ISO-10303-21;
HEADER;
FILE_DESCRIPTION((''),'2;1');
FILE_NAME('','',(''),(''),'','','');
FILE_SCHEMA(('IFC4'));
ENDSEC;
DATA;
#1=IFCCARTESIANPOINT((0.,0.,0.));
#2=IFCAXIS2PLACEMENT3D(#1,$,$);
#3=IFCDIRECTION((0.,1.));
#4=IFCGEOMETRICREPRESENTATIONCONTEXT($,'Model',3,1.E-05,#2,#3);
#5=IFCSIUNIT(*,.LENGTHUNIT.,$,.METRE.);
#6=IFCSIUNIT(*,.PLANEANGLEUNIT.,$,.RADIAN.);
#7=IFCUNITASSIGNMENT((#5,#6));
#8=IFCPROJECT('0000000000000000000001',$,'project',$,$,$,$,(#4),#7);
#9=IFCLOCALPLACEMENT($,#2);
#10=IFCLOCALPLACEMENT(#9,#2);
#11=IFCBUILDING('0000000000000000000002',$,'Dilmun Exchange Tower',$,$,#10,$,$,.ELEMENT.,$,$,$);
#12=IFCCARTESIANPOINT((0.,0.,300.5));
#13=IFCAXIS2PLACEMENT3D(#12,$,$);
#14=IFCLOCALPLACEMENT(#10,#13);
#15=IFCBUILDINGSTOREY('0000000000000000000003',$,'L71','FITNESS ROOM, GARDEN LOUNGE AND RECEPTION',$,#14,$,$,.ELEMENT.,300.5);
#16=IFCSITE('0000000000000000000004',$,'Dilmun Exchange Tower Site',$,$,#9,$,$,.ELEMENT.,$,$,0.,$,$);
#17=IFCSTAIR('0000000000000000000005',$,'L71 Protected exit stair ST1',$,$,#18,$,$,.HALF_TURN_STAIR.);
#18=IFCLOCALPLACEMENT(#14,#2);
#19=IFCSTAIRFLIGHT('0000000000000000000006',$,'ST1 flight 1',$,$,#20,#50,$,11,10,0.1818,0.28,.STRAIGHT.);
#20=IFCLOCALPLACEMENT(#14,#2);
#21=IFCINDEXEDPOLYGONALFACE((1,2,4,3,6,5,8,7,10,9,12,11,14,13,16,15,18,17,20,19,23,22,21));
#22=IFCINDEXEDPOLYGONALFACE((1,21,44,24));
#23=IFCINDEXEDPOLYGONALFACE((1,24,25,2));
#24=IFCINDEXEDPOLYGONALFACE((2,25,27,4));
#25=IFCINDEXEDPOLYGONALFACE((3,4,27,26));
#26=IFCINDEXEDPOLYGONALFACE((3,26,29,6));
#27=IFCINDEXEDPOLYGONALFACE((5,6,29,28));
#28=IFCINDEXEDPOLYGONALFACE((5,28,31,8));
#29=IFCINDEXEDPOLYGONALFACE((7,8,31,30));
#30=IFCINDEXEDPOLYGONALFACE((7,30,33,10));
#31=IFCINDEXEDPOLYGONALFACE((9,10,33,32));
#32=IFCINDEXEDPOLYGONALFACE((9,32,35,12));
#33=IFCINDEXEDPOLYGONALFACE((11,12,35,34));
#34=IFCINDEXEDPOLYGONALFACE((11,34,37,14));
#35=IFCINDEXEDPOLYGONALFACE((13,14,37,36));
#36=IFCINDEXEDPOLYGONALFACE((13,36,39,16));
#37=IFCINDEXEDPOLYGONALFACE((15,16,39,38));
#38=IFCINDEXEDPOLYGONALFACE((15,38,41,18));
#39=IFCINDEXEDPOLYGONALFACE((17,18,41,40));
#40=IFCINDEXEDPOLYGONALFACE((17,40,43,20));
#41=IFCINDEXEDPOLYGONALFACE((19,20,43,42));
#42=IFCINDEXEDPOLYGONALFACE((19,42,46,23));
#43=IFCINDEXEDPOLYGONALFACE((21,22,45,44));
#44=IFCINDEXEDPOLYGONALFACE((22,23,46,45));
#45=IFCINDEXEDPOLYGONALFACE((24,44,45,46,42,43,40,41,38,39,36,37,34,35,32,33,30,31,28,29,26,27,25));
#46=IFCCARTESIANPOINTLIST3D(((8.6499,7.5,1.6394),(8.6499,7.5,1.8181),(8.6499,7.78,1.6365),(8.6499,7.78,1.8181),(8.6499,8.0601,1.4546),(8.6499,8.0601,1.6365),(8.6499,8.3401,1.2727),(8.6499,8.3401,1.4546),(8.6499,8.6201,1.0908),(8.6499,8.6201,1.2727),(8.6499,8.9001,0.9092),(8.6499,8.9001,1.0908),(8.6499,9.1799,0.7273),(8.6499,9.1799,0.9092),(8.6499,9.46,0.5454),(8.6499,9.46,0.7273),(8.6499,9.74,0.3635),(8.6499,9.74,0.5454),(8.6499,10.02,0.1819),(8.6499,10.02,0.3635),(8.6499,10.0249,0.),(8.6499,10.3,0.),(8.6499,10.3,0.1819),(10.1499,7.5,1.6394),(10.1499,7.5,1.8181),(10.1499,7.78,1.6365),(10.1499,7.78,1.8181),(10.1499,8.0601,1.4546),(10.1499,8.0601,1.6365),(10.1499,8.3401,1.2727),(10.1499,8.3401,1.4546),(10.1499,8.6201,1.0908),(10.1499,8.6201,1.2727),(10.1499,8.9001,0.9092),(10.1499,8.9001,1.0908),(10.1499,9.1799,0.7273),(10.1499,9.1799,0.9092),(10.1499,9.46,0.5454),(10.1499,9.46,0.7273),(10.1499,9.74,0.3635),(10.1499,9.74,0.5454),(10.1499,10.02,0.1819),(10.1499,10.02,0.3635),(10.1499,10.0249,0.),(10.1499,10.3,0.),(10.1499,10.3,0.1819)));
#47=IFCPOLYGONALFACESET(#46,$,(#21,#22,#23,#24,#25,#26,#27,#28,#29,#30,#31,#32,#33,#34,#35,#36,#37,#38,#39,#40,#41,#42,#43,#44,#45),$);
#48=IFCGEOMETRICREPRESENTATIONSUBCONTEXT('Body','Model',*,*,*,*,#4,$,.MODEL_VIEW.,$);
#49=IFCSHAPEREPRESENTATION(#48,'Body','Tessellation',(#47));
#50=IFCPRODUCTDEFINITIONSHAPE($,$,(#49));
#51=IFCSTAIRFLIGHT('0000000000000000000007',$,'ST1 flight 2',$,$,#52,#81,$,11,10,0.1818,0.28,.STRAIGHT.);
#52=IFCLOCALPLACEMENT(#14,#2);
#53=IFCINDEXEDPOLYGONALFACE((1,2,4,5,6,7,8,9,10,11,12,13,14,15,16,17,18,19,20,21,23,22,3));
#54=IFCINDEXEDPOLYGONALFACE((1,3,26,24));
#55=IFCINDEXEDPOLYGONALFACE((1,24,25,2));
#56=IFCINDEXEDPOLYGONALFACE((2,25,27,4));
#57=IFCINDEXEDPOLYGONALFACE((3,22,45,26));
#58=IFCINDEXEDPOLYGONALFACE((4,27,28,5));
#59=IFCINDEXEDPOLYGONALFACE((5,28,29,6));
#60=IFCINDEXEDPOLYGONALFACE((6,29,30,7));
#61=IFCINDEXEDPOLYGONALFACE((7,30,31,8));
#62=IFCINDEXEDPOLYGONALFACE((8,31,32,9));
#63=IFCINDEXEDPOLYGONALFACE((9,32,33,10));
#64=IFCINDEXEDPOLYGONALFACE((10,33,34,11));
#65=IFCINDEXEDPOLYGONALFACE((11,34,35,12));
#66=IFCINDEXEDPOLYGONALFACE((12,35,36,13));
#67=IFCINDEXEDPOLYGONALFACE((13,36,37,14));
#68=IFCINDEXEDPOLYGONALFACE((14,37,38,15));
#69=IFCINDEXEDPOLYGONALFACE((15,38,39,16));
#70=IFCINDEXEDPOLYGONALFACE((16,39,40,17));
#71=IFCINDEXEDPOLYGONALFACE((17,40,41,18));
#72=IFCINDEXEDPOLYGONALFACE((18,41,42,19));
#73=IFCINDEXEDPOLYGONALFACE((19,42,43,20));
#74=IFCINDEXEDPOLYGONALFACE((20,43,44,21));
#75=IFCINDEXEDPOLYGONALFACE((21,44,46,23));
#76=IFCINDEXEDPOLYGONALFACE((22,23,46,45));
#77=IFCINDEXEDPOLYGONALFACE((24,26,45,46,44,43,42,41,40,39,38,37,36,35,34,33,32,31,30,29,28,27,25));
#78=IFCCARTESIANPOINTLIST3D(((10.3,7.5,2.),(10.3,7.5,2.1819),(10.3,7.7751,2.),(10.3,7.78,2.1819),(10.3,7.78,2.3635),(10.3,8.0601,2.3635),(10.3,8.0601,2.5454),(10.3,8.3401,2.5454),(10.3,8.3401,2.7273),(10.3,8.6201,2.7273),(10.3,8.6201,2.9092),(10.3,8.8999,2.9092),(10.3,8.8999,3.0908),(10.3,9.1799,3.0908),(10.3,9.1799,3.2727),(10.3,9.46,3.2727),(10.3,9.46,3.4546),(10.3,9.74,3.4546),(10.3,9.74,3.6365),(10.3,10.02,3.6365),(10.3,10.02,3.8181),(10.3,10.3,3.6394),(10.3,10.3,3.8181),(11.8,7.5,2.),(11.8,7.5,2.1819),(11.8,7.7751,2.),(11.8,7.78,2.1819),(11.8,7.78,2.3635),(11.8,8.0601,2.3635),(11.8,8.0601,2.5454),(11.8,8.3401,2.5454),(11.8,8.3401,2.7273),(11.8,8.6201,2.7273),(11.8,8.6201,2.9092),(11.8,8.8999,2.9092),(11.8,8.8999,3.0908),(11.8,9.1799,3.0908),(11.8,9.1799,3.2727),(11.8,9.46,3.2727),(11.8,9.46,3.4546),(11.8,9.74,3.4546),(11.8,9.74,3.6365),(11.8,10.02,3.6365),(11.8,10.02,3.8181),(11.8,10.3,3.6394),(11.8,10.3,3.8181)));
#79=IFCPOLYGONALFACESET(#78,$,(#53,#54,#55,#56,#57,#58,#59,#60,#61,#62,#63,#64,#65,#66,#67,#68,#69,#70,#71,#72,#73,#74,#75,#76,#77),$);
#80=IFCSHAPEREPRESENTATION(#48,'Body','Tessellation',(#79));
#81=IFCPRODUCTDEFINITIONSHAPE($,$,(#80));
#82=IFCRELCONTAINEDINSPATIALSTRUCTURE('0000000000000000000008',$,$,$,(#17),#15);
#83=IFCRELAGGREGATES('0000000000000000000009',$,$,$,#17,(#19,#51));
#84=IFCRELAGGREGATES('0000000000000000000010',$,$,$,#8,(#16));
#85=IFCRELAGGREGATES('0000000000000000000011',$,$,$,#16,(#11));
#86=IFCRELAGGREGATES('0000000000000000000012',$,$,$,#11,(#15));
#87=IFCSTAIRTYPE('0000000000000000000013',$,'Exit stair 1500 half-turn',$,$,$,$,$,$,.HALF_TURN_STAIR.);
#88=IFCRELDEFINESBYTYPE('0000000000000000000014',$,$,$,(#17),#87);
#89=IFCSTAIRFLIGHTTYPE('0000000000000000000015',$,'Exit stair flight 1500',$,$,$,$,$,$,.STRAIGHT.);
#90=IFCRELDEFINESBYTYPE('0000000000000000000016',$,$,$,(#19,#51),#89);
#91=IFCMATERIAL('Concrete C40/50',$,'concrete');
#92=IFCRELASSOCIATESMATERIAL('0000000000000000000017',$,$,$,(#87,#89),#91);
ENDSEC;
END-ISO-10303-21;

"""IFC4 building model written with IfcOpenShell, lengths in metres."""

from ifc_helpers import new_model, si_unit, direction, frame, origin, place, context, subcontext, project, spatial, polyline, outline, extrude, material, type_object, element, aggregate, save


model = new_model("IFC4")

# Units and contexts
model_context = context("Model", 3, precision=1e-05, world=origin(), true_north=direction((0.0, 1.0)))
body_context = subcontext(model_context, "Body", "Model", "MODEL_VIEW")
ifc_project = project(units=[si_unit("LENGTHUNIT", "METRE"), si_unit("PLANEANGLEUNIT", "RADIAN")], contexts=[model_context])

# Site, building, storey
site_placement = place(None, origin())
site = spatial("IfcSite", under=ifc_project, at=site_placement, Name="Dilmun Exchange Tower Site", CompositionType="ELEMENT", RefElevation=0.0)
building_placement = place(site_placement, origin())
building = spatial("IfcBuilding", under=site, at=building_placement, Name="Dilmun Exchange Tower", CompositionType="ELEMENT")
storey_placement = place(building_placement, frame((0.0, 0.0, 300.5)))
storey = spatial("IfcBuildingStorey", under=building, at=storey_placement, Name="L71", Description="FITNESS ROOM, GARDEN LOUNGE AND RECEPTION", CompositionType="ELEMENT", Elevation=300.5)

# Shared definitions
ifc_material_1 = material(Name="Concrete C40/50", Category="concrete")

# Stair, stair flights
stair_type = type_object("IfcStairType", Name="Exit stair 1500 half-turn", PredefinedType="HALF_TURN_STAIR", material=ifc_material_1)
stair_placement = place(storey_placement, origin())
stair = element("IfcStair", 1, at=stair_placement, inside=storey, type_object=stair_type, Name="L71 Protected exit stair ST1", PredefinedType="HALF_TURN_STAIR")
stair_flight_type = type_object("IfcStairFlightType", Name="Exit stair flight 1500", PredefinedType="STRAIGHT", material=ifc_material_1)
stair_flight_1_placement = place(storey_placement, frame((9.3999, 10.3, 0.0), z_axis=(0.0, 0.0, 1.0), x_axis=(0.0, -1.0, 0.0)))
stair_flight_1 = element("IfcStairFlight", 2, at=stair_flight_1_placement, type_object=stair_flight_type, Name="ST1 flight 1", NumberOfRisers=11, NumberOfTreads=10, PredefinedType="STRAIGHT", RiserHeight=0.1818, TreadLength=0.28, context=body_context, shape_type="SweptSolid", body=[
    extrude(outline(polyline([(0.0, 0.0), (0.0, 0.1819), (0.28, 0.1819), (0.28, 0.3635), (0.5601, 0.3635), (0.5601, 0.5454), (0.8401, 0.5454), (0.8401, 0.7273), (1.1201, 0.7273), (1.1201, 0.9092), (1.3999, 0.9092), (1.3999, 1.0908), (1.6799, 1.0908), (1.6799, 1.2727), (1.96, 1.2727), (1.96, 1.4546), (2.24, 1.4546), (2.24, 1.6365), (2.52, 1.6365), (2.52, 1.8181), (2.8, 1.8181), (2.8, 2.0), (2.8, 1.6394), (0.2751, 0.0), (0.0, 0.0)])), frame((0.0, 0.75, 0.0), z_axis=(0.0, -1.0, 0.0), x_axis=(1.0, 0.0, 0.0)), (0.0, 0.0, 1.0), 1.5),
])
stair_flight_2_placement = place(storey_placement, frame((11.05, 7.5, 2.0), z_axis=(0.0, 0.0, 1.0), x_axis=(0.0, 1.0, 0.0)))
stair_flight_2 = element("IfcStairFlight", 3, at=stair_flight_2_placement, type_object=stair_flight_type, Name="ST1 flight 2", NumberOfRisers=11, NumberOfTreads=10, PredefinedType="STRAIGHT", RiserHeight=0.1818, TreadLength=0.28, context=body_context, shape_type="SweptSolid", body=[
    extrude(outline(polyline([(0.0, 0.0), (0.0, 0.1819), (0.28, 0.1819), (0.28, 0.3635), (0.5601, 0.3635), (0.5601, 0.5454), (0.8401, 0.5454), (0.8401, 0.7273), (1.1201, 0.7273), (1.1201, 0.9092), (1.3999, 0.9092), (1.3999, 1.0908), (1.6799, 1.0908), (1.6799, 1.2727), (1.96, 1.2727), (1.96, 1.4546), (2.24, 1.4546), (2.24, 1.6365), (2.52, 1.6365), (2.52, 1.8181), (2.8, 1.8181), (2.8, 2.0), (2.8, 1.6394), (0.2751, 0.0), (0.0, 0.0)])), frame((0.0, 0.75, 0.0), z_axis=(0.0, -1.0, 0.0), x_axis=(1.0, 0.0, 0.0)), (0.0, 0.0, 1.0), 1.5),
])
aggregate(stair, [stair_flight_1, stair_flight_2])

save(model, "model.ifc")
